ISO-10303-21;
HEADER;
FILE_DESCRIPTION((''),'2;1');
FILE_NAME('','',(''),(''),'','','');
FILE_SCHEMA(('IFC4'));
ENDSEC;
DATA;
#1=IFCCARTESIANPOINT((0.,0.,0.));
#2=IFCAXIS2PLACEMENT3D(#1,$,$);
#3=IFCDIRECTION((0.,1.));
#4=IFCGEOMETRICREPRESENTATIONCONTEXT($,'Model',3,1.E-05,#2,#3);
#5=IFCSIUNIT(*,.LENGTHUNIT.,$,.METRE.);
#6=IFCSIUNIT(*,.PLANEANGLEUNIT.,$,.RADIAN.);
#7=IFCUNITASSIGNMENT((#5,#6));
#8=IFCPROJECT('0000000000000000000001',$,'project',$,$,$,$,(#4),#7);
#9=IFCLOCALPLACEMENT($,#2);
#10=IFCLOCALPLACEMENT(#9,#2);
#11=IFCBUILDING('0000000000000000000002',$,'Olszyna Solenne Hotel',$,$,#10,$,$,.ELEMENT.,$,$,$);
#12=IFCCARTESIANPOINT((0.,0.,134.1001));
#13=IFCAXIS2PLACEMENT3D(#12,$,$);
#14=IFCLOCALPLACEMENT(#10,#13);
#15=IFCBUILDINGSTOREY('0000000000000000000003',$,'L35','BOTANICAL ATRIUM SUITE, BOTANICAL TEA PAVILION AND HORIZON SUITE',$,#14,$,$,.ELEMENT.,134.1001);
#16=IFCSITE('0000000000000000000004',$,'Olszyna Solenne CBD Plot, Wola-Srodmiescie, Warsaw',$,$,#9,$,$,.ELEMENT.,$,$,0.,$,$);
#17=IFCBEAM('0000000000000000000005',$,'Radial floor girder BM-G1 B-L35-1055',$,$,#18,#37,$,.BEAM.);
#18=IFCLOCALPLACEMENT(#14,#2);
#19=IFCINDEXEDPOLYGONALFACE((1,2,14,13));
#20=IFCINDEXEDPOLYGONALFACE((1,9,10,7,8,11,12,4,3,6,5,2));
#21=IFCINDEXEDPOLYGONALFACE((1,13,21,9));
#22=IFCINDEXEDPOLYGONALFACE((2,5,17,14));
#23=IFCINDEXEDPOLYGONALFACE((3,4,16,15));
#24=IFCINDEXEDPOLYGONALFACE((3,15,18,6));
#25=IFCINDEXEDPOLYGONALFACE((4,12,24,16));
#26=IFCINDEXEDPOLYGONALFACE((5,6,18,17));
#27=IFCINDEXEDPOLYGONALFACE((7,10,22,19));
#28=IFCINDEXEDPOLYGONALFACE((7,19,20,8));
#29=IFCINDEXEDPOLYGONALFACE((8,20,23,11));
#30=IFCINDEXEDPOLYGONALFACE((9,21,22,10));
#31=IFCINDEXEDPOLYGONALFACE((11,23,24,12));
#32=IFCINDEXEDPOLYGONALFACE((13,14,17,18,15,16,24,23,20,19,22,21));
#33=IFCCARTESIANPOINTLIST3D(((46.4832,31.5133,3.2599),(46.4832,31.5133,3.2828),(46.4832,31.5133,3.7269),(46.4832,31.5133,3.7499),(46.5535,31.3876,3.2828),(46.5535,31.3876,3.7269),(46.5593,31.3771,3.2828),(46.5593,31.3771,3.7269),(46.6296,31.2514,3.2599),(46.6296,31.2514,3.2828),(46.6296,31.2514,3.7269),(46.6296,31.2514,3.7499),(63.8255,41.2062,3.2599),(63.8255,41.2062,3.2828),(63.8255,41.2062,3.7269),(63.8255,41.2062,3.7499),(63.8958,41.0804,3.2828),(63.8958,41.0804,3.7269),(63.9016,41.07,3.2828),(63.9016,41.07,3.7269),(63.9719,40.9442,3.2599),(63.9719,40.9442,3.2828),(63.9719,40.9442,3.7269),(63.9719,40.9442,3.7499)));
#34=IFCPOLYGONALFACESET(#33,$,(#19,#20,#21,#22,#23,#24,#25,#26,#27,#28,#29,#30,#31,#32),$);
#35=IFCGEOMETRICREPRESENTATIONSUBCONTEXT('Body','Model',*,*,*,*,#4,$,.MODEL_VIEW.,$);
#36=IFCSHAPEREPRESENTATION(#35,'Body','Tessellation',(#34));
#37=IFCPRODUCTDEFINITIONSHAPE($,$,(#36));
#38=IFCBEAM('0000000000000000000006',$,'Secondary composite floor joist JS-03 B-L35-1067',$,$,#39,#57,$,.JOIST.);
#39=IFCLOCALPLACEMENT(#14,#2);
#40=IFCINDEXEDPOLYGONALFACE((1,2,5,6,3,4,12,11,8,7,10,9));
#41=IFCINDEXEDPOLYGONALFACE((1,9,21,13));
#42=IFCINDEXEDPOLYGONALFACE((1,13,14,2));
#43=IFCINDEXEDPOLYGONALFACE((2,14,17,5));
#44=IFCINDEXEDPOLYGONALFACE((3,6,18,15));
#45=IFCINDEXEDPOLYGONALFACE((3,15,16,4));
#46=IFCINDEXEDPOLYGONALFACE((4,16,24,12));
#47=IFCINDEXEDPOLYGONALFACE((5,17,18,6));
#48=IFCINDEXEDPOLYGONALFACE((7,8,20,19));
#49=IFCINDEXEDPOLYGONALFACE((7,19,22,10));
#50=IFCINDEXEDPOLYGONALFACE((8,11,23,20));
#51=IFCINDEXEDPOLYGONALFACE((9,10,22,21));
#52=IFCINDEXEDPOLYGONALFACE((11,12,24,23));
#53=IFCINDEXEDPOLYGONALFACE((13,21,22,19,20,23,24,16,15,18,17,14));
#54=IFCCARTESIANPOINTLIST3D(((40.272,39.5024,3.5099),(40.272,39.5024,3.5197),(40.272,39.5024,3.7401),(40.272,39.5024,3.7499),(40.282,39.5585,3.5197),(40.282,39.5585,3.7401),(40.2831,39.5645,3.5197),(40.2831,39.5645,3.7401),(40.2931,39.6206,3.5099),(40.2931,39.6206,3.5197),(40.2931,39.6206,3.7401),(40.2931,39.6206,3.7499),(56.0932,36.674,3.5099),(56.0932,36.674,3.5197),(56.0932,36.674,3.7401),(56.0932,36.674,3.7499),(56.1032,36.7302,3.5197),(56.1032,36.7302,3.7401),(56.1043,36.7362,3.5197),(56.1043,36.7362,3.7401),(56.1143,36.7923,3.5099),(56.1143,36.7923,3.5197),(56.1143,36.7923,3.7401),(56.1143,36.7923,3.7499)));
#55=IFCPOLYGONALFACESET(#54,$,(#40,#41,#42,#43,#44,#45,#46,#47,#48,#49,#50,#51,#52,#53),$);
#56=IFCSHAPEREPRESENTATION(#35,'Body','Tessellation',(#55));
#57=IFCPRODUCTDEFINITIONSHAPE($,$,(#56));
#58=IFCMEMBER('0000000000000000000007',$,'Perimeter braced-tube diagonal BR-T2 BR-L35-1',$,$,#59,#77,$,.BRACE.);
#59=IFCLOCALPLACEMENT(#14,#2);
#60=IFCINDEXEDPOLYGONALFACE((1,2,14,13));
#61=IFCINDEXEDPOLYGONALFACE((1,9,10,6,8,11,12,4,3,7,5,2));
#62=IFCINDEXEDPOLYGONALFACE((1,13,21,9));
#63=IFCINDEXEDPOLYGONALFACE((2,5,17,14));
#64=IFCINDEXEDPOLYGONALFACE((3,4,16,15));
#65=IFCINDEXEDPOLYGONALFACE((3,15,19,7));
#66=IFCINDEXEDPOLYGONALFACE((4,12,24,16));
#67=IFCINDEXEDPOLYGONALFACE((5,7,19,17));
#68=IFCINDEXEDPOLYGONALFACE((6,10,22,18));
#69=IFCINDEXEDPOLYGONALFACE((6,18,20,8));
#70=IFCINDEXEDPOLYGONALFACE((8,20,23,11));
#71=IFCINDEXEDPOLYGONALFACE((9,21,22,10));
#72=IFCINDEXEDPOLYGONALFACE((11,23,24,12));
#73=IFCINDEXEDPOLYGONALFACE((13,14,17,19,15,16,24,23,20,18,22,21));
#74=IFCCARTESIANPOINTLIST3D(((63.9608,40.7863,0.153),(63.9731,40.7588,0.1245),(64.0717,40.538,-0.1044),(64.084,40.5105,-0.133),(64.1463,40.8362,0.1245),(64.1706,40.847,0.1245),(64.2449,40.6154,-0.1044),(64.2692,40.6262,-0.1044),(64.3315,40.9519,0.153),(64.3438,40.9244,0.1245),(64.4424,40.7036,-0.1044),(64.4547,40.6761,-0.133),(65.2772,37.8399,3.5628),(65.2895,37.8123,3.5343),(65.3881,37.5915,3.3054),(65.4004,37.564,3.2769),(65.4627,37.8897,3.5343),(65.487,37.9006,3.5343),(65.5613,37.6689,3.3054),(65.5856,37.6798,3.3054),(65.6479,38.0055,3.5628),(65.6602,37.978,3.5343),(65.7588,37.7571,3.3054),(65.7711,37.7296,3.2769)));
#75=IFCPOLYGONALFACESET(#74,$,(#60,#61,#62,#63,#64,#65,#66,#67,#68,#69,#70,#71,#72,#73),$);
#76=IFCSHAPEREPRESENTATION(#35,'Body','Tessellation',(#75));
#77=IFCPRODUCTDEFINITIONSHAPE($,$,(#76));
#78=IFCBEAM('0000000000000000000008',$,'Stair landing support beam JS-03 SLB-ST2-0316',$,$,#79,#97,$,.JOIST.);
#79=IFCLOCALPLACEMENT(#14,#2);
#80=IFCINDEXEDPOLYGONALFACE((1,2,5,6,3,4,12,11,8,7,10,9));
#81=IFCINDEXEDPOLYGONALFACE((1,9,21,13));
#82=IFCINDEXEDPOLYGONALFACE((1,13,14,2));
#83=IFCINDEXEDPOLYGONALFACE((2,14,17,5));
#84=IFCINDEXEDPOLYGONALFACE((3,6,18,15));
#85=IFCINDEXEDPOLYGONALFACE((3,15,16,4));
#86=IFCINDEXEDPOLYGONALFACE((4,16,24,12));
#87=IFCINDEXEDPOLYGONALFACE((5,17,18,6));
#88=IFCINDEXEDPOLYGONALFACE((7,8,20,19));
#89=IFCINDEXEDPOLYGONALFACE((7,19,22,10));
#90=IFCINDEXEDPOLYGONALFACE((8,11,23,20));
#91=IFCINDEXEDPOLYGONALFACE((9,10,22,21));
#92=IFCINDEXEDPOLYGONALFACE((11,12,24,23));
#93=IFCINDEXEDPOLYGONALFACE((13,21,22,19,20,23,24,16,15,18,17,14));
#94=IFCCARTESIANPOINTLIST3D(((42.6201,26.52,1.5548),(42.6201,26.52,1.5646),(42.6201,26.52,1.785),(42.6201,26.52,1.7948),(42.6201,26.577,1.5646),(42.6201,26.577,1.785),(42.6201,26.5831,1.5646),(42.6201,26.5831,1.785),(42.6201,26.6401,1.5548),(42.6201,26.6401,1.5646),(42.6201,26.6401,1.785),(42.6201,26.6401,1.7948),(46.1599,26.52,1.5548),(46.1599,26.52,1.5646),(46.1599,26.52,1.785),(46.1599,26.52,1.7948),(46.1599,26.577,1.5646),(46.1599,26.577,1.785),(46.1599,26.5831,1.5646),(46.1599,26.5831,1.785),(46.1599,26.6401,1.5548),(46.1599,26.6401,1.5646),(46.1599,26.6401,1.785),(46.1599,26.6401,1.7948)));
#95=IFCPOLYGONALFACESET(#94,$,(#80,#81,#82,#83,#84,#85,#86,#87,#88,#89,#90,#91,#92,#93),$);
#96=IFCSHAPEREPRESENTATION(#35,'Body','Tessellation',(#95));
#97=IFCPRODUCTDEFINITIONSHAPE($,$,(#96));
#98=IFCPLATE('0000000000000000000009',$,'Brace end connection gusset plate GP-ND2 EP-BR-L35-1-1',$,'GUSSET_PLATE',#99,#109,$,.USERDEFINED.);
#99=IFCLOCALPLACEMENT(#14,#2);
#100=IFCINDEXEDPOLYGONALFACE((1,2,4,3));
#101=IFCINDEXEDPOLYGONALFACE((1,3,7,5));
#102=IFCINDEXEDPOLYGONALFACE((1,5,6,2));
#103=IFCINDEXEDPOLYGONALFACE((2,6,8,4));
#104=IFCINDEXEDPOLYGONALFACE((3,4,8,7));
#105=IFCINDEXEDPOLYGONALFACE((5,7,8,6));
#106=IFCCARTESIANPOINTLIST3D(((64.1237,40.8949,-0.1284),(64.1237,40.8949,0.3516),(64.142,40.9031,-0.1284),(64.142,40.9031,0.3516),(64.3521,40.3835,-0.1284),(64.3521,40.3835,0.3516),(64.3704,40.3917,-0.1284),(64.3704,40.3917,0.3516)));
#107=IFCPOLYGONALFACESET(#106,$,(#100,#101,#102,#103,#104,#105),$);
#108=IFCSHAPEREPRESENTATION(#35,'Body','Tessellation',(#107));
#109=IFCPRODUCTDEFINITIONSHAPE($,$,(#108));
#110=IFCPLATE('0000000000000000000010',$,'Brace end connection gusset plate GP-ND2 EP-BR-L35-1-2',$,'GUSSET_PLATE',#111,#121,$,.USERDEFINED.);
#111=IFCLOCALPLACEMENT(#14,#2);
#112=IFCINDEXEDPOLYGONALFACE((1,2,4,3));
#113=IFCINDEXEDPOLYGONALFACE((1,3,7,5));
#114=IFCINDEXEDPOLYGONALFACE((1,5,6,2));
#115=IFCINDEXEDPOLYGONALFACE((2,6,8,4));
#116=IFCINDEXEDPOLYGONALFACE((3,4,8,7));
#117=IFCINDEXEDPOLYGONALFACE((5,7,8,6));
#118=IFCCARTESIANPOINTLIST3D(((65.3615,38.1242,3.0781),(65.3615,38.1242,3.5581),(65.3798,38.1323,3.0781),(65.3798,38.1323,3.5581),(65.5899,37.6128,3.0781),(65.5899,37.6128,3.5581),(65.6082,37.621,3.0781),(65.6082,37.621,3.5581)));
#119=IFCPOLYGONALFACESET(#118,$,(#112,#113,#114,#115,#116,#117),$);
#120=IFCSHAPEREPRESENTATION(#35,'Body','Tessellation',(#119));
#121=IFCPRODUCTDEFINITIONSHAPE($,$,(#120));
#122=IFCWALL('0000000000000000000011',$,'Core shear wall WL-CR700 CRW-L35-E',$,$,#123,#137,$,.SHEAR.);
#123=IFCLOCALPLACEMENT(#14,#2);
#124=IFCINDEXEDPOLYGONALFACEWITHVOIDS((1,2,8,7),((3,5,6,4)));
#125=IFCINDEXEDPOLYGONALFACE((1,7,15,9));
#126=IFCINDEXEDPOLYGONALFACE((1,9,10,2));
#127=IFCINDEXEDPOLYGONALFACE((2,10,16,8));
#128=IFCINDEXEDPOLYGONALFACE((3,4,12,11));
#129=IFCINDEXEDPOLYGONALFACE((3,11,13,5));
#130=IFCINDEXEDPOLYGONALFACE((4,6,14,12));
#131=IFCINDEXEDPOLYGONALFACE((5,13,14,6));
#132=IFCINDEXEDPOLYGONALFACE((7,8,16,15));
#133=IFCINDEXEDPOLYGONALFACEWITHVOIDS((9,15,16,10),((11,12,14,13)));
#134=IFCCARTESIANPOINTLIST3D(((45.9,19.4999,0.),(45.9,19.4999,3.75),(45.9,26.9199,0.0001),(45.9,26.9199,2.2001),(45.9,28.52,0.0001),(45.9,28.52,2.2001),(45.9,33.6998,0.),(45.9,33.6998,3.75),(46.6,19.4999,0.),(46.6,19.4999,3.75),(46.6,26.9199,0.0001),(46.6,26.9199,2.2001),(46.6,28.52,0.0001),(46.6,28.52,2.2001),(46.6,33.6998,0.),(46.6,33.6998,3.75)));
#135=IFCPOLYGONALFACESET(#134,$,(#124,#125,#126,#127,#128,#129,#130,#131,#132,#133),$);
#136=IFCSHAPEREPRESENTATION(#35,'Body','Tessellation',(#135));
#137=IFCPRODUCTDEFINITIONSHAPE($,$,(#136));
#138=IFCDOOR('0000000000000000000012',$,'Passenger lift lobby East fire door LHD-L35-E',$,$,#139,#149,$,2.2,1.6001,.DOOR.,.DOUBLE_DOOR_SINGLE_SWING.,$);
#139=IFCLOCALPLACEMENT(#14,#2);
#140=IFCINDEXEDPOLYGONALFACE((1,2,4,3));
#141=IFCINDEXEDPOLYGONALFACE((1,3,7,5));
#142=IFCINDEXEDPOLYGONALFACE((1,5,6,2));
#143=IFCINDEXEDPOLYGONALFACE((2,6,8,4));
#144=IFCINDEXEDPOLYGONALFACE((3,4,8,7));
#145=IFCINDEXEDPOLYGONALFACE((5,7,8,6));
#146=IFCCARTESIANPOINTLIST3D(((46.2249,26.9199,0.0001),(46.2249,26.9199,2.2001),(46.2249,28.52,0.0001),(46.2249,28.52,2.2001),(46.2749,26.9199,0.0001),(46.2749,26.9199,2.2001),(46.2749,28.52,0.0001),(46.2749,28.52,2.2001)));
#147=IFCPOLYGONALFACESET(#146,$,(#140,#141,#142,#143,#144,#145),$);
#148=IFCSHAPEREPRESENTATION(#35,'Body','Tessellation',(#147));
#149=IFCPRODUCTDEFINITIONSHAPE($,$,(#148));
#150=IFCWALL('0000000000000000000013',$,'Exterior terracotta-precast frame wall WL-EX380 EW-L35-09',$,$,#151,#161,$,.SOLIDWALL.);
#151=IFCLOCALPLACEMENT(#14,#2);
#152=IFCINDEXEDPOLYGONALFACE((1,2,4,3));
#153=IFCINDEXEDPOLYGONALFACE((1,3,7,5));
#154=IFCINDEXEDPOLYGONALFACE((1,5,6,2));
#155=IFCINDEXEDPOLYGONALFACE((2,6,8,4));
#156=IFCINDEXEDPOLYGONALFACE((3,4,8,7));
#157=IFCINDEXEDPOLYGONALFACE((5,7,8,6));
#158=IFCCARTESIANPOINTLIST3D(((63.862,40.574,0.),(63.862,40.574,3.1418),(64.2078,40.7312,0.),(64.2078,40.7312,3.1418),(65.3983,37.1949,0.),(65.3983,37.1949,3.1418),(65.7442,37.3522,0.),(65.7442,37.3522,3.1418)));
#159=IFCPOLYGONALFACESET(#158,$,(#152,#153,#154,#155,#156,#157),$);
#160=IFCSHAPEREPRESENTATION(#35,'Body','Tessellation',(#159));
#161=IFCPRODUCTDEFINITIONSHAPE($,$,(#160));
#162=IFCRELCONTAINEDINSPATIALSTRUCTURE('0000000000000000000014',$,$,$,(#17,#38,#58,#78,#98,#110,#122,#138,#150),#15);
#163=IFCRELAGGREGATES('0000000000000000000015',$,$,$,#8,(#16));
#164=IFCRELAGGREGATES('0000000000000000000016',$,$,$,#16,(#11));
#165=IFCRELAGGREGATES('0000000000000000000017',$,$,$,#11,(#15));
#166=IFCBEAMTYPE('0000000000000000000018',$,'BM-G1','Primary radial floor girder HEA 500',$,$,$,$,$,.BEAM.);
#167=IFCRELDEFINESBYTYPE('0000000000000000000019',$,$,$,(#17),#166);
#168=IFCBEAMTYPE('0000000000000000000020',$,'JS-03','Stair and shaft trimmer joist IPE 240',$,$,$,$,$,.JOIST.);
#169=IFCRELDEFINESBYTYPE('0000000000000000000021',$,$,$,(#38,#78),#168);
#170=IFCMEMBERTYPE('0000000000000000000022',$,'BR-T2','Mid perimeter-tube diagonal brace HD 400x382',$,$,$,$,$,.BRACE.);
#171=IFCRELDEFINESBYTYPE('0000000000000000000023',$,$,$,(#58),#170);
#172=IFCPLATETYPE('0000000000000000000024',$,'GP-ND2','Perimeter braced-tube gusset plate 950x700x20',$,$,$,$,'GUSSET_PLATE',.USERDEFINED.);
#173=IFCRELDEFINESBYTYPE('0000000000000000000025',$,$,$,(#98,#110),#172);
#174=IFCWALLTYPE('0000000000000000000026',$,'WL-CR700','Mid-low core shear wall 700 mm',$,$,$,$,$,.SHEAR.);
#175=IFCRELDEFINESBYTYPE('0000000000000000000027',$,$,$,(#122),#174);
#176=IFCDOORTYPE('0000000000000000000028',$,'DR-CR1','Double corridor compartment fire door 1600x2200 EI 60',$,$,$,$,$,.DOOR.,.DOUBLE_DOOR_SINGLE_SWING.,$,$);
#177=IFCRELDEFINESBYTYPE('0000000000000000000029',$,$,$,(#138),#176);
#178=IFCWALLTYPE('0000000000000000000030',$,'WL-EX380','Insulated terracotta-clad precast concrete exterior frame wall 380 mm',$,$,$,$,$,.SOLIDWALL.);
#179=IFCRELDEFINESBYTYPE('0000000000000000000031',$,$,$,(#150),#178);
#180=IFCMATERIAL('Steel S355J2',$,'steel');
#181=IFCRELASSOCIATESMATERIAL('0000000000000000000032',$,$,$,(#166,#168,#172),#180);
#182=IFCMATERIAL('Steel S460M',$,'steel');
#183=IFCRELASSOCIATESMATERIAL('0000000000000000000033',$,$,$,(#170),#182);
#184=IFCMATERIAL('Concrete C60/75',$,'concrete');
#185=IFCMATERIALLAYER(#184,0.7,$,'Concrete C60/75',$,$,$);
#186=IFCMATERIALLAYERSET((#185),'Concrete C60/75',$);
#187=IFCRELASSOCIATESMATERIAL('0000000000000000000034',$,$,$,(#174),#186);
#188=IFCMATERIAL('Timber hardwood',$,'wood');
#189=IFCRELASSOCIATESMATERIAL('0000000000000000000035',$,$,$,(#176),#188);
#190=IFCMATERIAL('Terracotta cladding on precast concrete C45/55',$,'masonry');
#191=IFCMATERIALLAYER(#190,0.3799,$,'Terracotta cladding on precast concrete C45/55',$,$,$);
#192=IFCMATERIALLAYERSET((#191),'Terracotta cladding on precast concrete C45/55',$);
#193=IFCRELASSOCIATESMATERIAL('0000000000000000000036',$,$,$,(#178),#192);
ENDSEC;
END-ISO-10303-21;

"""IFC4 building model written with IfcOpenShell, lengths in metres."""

from ifc_helpers import new_model, si_unit, direction, frame, frame_2d, origin, origin_2d, place, context, subcontext, project, spatial, rectangle, i_section, extrude, source, transform, mapped, material, layer, layer_set, material_profile, profile_set, type_object, type_shapes, element, fill, save


model = new_model("IFC4")

# Units and contexts
model_context = context("Model", 3, precision=1e-05, world=origin(), true_north=direction((0.0, 1.0)))
body_context = subcontext(model_context, "Body", "Model", "MODEL_VIEW")
ifc_project = project(units=[si_unit("LENGTHUNIT", "METRE"), si_unit("PLANEANGLEUNIT", "RADIAN")], contexts=[model_context])

# Site, building, storey
site_placement = place(None, origin())
site = spatial("IfcSite", under=ifc_project, at=site_placement, Name="Olszyna Solenne CBD Plot, Wola-Srodmiescie, Warsaw", CompositionType="ELEMENT", RefElevation=0.0)
building_placement = place(site_placement, origin())
building = spatial("IfcBuilding", under=site, at=building_placement, Name="Olszyna Solenne Hotel", CompositionType="ELEMENT")
storey_placement = place(building_placement, frame((0.0, 0.0, 134.1001)))
storey = spatial("IfcBuildingStorey", under=building, at=storey_placement, Name="L35", Description="BOTANICAL ATRIUM SUITE, BOTANICAL TEA PAVILION AND HORIZON SUITE", CompositionType="ELEMENT", Elevation=134.1001)

# Shared definitions
ifc_material_1 = material(Name="Steel S460M", Category="steel")

# Beams
ifc_material_2 = material(Name="Steel S355J2", Category="steel")
ifc_material_profile_1 = material_profile(ifc_material_2, i_section(OverallWidth=0.3, OverallDepth=0.49, WebThickness=0.012, FlangeThickness=0.0229, at=origin_2d()), Name="HEA 500", Category="load-bearing")
ifc_profile_set_1 = profile_set([ifc_material_profile_1], Name="Steel S355J2")
beam_type_1 = type_object("IfcBeamType", Name="BM-G1", Description="Primary radial floor girder HEA 500", PredefinedType="BEAM", material=ifc_profile_set_1)
shared_shape_1 = source(origin(), body_context, "Body", "SweptSolid", [
    extrude(i_section(OverallWidth=0.3, OverallDepth=0.49, WebThickness=0.012, FlangeThickness=0.0229, at=origin_2d()), origin(), (0.0, 0.0, 1.0), 19.8672),
])
beam_1_placement = place(storey_placement, frame((63.8987, 41.0752, 3.5049), z_axis=(-0.872909, -0.487882, 0.0), x_axis=(0.487882, -0.872909, 0.0)))
element("IfcBeam", 1, at=beam_1_placement, inside=storey, type_object=beam_type_1, Name="Radial floor girder BM-G1 B-L35-1055", PredefinedType="BEAM", context=body_context, shape_type="MappedRepresentation", body=[
    mapped(shared_shape_1, transform((0.0, 0.0, 0.0), x_axis=(1.0, 0.0, 0.0), y_axis=(0.0, 1.0, 0.0), z_axis=(0.0, 0.0, 1.0), scale=1.0)),
])
ifc_material_profile_2 = material_profile(ifc_material_2, i_section(OverallWidth=0.1201, OverallDepth=0.24, WebThickness=0.0061, FlangeThickness=0.0098, at=origin_2d()), Name="IPE 240", Category="load-bearing")
ifc_profile_set_2 = profile_set([ifc_material_profile_2], Name="Steel S355J2")
beam_type_2 = type_object("IfcBeamType", Name="JS-03", Description="Stair and shaft trimmer joist IPE 240", PredefinedType="JOIST", material=ifc_profile_set_2)
shared_shape_2 = source(origin(), body_context, "Body", "SweptSolid", [
    extrude(i_section(OverallWidth=0.1201, OverallDepth=0.24, WebThickness=0.0061, FlangeThickness=0.0098, at=origin_2d()), origin(), (0.0, 0.0, 1.0), 16.072),
])
beam_2_placement = place(storey_placement, frame((56.1038, 36.7332, 3.6299), z_axis=(-0.984394, 0.17598, 0.0), x_axis=(-0.17598, -0.984394, 0.0)))
element("IfcBeam", 2, at=beam_2_placement, inside=storey, type_object=beam_type_2, Name="Secondary composite floor joist JS-03 B-L35-1067", PredefinedType="JOIST", context=body_context, shape_type="MappedRepresentation", body=[
    mapped(shared_shape_2, transform((0.0, 0.0, 0.0), x_axis=(1.0, 0.0, 0.0), y_axis=(0.0, 1.0, 0.0), z_axis=(0.0, 0.0, 1.0), scale=1.0)),
])

# Member
ifc_material_profile_3 = material_profile(ifc_material_1, i_section(OverallWidth=0.406, OverallDepth=0.416, WebThickness=0.0266, FlangeThickness=0.0415, at=origin_2d()), Name="HD 400x382", Category="load-bearing")
ifc_profile_set_3 = profile_set([ifc_material_profile_3], Name="Steel S460M")
member_type = type_object("IfcMemberType", Name="BR-T2", Description="Mid perimeter-tube diagonal brace HD 400x382", PredefinedType="BRACE", material=ifc_profile_set_3)
shared_shape_3 = source(origin(), body_context, "Body", "SweptSolid", [
    extrude(i_section(OverallWidth=0.406, OverallDepth=0.416, WebThickness=0.0266, FlangeThickness=0.0415, at=origin_2d()), origin(), (0.0, 0.0, 1.0), 4.6948),
])
member_placement = place(storey_placement, frame((64.2078, 40.7312, 0.01), z_axis=(0.280388, -0.627597, 0.726295), x_axis=(0.913024, 0.407907, 0.0)))
element("IfcMember", 3, at=member_placement, inside=storey, type_object=member_type, Name="Perimeter braced-tube diagonal BR-T2 BR-L35-1", PredefinedType="BRACE", context=body_context, shape_type="MappedRepresentation", body=[
    mapped(shared_shape_3, transform((0.0, 0.0, 0.0), x_axis=(1.0, 0.0, 0.0), y_axis=(0.0, 1.0, 0.0), z_axis=(0.0, 0.0, 1.0), scale=1.0)),
])

# Beam
shared_shape_4 = source(origin(), body_context, "Body", "SweptSolid", [
    extrude(i_section(OverallWidth=0.1201, OverallDepth=0.24, WebThickness=0.0061, FlangeThickness=0.0098, at=origin_2d()), origin(), (0.0, 0.0, 1.0), 3.5398),
])
beam_3_placement = place(storey_placement, frame((46.1599, 26.5801, 1.6748), z_axis=(-1.0, 0.0, 0.0), x_axis=(0.0, -1.0, 0.0)))
element("IfcBeam", 4, at=beam_3_placement, inside=storey, type_object=beam_type_2, Name="Stair landing support beam JS-03 SLB-ST2-0316", PredefinedType="JOIST", context=body_context, shape_type="MappedRepresentation", body=[
    mapped(shared_shape_4, transform((0.0, 0.0, 0.0), x_axis=(1.0, 0.0, 0.0), y_axis=(0.0, 1.0, 0.0), z_axis=(0.0, 0.0, 1.0), scale=1.0)),
])

# Plates
plate_type = type_object("IfcPlateType", Name="GP-ND2", Description="Perimeter braced-tube gusset plate 950x700x20", ElementType="GUSSET_PLATE", PredefinedType="USERDEFINED", material=ifc_material_2)
shared_shape_5 = source(origin(), body_context, "Body", "SweptSolid", [
    extrude(rectangle(XDim=0.5601, YDim=0.02, at=origin_2d()), origin(), (0.0, 0.0, 1.0), 0.48),
])
for number, where, z_axis, x_axis, name in (
    (5, (64.2471, 40.6433, -0.1284), (0.0, 0.0, 1.0), (0.407852, -0.913048, 0.0), "Brace end connection gusset plate GP-ND2 EP-BR-L35-1-1"),
    (6, (65.4849, 37.8726, 3.0781), (0.0, 0.0, 1.0), (0.407852, -0.913048, 0.0), "Brace end connection gusset plate GP-ND2 EP-BR-L35-1-2"),
):
    element("IfcPlate", number, at=place(storey_placement, frame(where, z_axis=z_axis, x_axis=x_axis)), inside=storey, type_object=plate_type, Name=name, ObjectType="GUSSET_PLATE", PredefinedType="USERDEFINED", context=body_context, shape_type="MappedRepresentation", body=[
        mapped(shared_shape_5, transform((0.0, 0.0, 0.0), x_axis=(1.0, 0.0, 0.0), y_axis=(0.0, 1.0, 0.0), z_axis=(0.0, 0.0, 1.0), scale=1.0)),
    ])

# Wall, opening, door
ifc_material_3 = material(Name="Concrete C60/75", Category="concrete")
ifc_layer_1 = layer(ifc_material_3, 0.7, Name="Concrete C60/75")
ifc_layer_set_1 = layer_set([ifc_layer_1], Name="Concrete C60/75")
wall_type_1 = type_object("IfcWallType", Name="WL-CR700", Description="Mid-low core shear wall 700 mm", PredefinedType="SHEAR", material=ifc_layer_set_1)
wall_1_placement = place(storey_placement, frame((46.25, 33.7, 0.0), z_axis=(0.0, 0.0, 1.0), x_axis=(0.0, -1.0, 0.0)))
wall_1 = element("IfcWall", 7, at=wall_1_placement, inside=storey, type_object=wall_type_1, Name="Core shear wall WL-CR700 CRW-L35-E", PredefinedType="SHEAR", context=body_context, shape_type="SweptSolid", body=[
    extrude(rectangle(XDim=14.2, YDim=0.7, at=frame_2d((7.1001, 0.0))), origin(), (0.0, 0.0, 1.0), 3.75),
])
opening_1_placement = place(wall_1_placement, frame((5.1799, 0.0, 0.0)))
opening_1 = element("IfcOpeningElement", 8, at=opening_1_placement, cuts=wall_1, PredefinedType="OPENING", context=body_context, shape_type="SweptSolid", body=[
    extrude(rectangle(XDim=1.6001, YDim=2.2, at=frame_2d((0.8, 1.1001))), frame((0.0, 0.3599, 0.0), z_axis=(0.0, -1.0, 0.0), x_axis=(1.0, 0.0, 0.0)), (0.0, 0.0, 1.0), 0.72),
])
ifc_material_4 = material(Name="Timber hardwood", Category="wood")
door_type_1 = type_object("IfcDoorType", Name="DR-CR1", Description="Double corridor compartment fire door 1600x2200 EI 60", OperationType="DOUBLE_DOOR_SINGLE_SWING", PredefinedType="DOOR", material=ifc_material_4)
shared_shape_6 = source(origin(), body_context, "Body", "SweptSolid", [
    extrude(rectangle(XDim=1.6001, YDim=2.2, at=frame_2d((0.8, 1.1001))), frame((0.0, 0.0249, 0.0), z_axis=(0.0, -1.0, 0.0), x_axis=(1.0, 0.0, 0.0)), (0.0, 0.0, 1.0), 0.05),
])
type_shapes(door_type_1, [shared_shape_6])
door_1_placement = place(opening_1_placement, origin())
door_1 = element("IfcDoor", 9, at=door_1_placement, inside=storey, type_object=door_type_1, Name="Passenger lift lobby East fire door LHD-L35-E", OperationType="DOUBLE_DOOR_SINGLE_SWING", OverallHeight=2.2, OverallWidth=1.6001, PredefinedType="DOOR", context=body_context, shape_type="MappedRepresentation", body=[
    mapped(shared_shape_6, transform((0.0, 0.0, 0.0), x_axis=(1.0, 0.0, 0.0), y_axis=(0.0, 1.0, 0.0), z_axis=(0.0, 0.0, 1.0), scale=1.0)),
])
fill(opening_1, door_1)

# Wall
ifc_material_5 = material(Name="Terracotta cladding on precast concrete C45/55", Category="masonry")
ifc_layer_2 = layer(ifc_material_5, 0.3799, Name="Terracotta cladding on precast concrete C45/55")
ifc_layer_set_2 = layer_set([ifc_layer_2], Name="Terracotta cladding on precast concrete C45/55")
wall_type_2 = type_object("IfcWallType", Name="WL-EX380", Description="Insulated terracotta-clad precast concrete exterior frame wall 380 mm", PredefinedType="SOLIDWALL", material=ifc_layer_set_2)
wall_2_placement = place(storey_placement, frame((64.0349, 40.6526, 0.0), z_axis=(0.0, 0.0, 1.0), x_axis=(0.413892, -0.910326, 0.0)))
element("IfcWall", 10, at=wall_2_placement, inside=storey, type_object=wall_type_2, Name="Exterior terracotta-precast frame wall WL-EX380 EW-L35-09", PredefinedType="SOLIDWALL", context=body_context, shape_type="SweptSolid", body=[
    extrude(rectangle(XDim=3.7119, YDim=0.3799, at=frame_2d((1.856, 0.0))), origin(), (0.0, 0.0, 1.0), 3.1418),
])

save(model, "model.ifc")
